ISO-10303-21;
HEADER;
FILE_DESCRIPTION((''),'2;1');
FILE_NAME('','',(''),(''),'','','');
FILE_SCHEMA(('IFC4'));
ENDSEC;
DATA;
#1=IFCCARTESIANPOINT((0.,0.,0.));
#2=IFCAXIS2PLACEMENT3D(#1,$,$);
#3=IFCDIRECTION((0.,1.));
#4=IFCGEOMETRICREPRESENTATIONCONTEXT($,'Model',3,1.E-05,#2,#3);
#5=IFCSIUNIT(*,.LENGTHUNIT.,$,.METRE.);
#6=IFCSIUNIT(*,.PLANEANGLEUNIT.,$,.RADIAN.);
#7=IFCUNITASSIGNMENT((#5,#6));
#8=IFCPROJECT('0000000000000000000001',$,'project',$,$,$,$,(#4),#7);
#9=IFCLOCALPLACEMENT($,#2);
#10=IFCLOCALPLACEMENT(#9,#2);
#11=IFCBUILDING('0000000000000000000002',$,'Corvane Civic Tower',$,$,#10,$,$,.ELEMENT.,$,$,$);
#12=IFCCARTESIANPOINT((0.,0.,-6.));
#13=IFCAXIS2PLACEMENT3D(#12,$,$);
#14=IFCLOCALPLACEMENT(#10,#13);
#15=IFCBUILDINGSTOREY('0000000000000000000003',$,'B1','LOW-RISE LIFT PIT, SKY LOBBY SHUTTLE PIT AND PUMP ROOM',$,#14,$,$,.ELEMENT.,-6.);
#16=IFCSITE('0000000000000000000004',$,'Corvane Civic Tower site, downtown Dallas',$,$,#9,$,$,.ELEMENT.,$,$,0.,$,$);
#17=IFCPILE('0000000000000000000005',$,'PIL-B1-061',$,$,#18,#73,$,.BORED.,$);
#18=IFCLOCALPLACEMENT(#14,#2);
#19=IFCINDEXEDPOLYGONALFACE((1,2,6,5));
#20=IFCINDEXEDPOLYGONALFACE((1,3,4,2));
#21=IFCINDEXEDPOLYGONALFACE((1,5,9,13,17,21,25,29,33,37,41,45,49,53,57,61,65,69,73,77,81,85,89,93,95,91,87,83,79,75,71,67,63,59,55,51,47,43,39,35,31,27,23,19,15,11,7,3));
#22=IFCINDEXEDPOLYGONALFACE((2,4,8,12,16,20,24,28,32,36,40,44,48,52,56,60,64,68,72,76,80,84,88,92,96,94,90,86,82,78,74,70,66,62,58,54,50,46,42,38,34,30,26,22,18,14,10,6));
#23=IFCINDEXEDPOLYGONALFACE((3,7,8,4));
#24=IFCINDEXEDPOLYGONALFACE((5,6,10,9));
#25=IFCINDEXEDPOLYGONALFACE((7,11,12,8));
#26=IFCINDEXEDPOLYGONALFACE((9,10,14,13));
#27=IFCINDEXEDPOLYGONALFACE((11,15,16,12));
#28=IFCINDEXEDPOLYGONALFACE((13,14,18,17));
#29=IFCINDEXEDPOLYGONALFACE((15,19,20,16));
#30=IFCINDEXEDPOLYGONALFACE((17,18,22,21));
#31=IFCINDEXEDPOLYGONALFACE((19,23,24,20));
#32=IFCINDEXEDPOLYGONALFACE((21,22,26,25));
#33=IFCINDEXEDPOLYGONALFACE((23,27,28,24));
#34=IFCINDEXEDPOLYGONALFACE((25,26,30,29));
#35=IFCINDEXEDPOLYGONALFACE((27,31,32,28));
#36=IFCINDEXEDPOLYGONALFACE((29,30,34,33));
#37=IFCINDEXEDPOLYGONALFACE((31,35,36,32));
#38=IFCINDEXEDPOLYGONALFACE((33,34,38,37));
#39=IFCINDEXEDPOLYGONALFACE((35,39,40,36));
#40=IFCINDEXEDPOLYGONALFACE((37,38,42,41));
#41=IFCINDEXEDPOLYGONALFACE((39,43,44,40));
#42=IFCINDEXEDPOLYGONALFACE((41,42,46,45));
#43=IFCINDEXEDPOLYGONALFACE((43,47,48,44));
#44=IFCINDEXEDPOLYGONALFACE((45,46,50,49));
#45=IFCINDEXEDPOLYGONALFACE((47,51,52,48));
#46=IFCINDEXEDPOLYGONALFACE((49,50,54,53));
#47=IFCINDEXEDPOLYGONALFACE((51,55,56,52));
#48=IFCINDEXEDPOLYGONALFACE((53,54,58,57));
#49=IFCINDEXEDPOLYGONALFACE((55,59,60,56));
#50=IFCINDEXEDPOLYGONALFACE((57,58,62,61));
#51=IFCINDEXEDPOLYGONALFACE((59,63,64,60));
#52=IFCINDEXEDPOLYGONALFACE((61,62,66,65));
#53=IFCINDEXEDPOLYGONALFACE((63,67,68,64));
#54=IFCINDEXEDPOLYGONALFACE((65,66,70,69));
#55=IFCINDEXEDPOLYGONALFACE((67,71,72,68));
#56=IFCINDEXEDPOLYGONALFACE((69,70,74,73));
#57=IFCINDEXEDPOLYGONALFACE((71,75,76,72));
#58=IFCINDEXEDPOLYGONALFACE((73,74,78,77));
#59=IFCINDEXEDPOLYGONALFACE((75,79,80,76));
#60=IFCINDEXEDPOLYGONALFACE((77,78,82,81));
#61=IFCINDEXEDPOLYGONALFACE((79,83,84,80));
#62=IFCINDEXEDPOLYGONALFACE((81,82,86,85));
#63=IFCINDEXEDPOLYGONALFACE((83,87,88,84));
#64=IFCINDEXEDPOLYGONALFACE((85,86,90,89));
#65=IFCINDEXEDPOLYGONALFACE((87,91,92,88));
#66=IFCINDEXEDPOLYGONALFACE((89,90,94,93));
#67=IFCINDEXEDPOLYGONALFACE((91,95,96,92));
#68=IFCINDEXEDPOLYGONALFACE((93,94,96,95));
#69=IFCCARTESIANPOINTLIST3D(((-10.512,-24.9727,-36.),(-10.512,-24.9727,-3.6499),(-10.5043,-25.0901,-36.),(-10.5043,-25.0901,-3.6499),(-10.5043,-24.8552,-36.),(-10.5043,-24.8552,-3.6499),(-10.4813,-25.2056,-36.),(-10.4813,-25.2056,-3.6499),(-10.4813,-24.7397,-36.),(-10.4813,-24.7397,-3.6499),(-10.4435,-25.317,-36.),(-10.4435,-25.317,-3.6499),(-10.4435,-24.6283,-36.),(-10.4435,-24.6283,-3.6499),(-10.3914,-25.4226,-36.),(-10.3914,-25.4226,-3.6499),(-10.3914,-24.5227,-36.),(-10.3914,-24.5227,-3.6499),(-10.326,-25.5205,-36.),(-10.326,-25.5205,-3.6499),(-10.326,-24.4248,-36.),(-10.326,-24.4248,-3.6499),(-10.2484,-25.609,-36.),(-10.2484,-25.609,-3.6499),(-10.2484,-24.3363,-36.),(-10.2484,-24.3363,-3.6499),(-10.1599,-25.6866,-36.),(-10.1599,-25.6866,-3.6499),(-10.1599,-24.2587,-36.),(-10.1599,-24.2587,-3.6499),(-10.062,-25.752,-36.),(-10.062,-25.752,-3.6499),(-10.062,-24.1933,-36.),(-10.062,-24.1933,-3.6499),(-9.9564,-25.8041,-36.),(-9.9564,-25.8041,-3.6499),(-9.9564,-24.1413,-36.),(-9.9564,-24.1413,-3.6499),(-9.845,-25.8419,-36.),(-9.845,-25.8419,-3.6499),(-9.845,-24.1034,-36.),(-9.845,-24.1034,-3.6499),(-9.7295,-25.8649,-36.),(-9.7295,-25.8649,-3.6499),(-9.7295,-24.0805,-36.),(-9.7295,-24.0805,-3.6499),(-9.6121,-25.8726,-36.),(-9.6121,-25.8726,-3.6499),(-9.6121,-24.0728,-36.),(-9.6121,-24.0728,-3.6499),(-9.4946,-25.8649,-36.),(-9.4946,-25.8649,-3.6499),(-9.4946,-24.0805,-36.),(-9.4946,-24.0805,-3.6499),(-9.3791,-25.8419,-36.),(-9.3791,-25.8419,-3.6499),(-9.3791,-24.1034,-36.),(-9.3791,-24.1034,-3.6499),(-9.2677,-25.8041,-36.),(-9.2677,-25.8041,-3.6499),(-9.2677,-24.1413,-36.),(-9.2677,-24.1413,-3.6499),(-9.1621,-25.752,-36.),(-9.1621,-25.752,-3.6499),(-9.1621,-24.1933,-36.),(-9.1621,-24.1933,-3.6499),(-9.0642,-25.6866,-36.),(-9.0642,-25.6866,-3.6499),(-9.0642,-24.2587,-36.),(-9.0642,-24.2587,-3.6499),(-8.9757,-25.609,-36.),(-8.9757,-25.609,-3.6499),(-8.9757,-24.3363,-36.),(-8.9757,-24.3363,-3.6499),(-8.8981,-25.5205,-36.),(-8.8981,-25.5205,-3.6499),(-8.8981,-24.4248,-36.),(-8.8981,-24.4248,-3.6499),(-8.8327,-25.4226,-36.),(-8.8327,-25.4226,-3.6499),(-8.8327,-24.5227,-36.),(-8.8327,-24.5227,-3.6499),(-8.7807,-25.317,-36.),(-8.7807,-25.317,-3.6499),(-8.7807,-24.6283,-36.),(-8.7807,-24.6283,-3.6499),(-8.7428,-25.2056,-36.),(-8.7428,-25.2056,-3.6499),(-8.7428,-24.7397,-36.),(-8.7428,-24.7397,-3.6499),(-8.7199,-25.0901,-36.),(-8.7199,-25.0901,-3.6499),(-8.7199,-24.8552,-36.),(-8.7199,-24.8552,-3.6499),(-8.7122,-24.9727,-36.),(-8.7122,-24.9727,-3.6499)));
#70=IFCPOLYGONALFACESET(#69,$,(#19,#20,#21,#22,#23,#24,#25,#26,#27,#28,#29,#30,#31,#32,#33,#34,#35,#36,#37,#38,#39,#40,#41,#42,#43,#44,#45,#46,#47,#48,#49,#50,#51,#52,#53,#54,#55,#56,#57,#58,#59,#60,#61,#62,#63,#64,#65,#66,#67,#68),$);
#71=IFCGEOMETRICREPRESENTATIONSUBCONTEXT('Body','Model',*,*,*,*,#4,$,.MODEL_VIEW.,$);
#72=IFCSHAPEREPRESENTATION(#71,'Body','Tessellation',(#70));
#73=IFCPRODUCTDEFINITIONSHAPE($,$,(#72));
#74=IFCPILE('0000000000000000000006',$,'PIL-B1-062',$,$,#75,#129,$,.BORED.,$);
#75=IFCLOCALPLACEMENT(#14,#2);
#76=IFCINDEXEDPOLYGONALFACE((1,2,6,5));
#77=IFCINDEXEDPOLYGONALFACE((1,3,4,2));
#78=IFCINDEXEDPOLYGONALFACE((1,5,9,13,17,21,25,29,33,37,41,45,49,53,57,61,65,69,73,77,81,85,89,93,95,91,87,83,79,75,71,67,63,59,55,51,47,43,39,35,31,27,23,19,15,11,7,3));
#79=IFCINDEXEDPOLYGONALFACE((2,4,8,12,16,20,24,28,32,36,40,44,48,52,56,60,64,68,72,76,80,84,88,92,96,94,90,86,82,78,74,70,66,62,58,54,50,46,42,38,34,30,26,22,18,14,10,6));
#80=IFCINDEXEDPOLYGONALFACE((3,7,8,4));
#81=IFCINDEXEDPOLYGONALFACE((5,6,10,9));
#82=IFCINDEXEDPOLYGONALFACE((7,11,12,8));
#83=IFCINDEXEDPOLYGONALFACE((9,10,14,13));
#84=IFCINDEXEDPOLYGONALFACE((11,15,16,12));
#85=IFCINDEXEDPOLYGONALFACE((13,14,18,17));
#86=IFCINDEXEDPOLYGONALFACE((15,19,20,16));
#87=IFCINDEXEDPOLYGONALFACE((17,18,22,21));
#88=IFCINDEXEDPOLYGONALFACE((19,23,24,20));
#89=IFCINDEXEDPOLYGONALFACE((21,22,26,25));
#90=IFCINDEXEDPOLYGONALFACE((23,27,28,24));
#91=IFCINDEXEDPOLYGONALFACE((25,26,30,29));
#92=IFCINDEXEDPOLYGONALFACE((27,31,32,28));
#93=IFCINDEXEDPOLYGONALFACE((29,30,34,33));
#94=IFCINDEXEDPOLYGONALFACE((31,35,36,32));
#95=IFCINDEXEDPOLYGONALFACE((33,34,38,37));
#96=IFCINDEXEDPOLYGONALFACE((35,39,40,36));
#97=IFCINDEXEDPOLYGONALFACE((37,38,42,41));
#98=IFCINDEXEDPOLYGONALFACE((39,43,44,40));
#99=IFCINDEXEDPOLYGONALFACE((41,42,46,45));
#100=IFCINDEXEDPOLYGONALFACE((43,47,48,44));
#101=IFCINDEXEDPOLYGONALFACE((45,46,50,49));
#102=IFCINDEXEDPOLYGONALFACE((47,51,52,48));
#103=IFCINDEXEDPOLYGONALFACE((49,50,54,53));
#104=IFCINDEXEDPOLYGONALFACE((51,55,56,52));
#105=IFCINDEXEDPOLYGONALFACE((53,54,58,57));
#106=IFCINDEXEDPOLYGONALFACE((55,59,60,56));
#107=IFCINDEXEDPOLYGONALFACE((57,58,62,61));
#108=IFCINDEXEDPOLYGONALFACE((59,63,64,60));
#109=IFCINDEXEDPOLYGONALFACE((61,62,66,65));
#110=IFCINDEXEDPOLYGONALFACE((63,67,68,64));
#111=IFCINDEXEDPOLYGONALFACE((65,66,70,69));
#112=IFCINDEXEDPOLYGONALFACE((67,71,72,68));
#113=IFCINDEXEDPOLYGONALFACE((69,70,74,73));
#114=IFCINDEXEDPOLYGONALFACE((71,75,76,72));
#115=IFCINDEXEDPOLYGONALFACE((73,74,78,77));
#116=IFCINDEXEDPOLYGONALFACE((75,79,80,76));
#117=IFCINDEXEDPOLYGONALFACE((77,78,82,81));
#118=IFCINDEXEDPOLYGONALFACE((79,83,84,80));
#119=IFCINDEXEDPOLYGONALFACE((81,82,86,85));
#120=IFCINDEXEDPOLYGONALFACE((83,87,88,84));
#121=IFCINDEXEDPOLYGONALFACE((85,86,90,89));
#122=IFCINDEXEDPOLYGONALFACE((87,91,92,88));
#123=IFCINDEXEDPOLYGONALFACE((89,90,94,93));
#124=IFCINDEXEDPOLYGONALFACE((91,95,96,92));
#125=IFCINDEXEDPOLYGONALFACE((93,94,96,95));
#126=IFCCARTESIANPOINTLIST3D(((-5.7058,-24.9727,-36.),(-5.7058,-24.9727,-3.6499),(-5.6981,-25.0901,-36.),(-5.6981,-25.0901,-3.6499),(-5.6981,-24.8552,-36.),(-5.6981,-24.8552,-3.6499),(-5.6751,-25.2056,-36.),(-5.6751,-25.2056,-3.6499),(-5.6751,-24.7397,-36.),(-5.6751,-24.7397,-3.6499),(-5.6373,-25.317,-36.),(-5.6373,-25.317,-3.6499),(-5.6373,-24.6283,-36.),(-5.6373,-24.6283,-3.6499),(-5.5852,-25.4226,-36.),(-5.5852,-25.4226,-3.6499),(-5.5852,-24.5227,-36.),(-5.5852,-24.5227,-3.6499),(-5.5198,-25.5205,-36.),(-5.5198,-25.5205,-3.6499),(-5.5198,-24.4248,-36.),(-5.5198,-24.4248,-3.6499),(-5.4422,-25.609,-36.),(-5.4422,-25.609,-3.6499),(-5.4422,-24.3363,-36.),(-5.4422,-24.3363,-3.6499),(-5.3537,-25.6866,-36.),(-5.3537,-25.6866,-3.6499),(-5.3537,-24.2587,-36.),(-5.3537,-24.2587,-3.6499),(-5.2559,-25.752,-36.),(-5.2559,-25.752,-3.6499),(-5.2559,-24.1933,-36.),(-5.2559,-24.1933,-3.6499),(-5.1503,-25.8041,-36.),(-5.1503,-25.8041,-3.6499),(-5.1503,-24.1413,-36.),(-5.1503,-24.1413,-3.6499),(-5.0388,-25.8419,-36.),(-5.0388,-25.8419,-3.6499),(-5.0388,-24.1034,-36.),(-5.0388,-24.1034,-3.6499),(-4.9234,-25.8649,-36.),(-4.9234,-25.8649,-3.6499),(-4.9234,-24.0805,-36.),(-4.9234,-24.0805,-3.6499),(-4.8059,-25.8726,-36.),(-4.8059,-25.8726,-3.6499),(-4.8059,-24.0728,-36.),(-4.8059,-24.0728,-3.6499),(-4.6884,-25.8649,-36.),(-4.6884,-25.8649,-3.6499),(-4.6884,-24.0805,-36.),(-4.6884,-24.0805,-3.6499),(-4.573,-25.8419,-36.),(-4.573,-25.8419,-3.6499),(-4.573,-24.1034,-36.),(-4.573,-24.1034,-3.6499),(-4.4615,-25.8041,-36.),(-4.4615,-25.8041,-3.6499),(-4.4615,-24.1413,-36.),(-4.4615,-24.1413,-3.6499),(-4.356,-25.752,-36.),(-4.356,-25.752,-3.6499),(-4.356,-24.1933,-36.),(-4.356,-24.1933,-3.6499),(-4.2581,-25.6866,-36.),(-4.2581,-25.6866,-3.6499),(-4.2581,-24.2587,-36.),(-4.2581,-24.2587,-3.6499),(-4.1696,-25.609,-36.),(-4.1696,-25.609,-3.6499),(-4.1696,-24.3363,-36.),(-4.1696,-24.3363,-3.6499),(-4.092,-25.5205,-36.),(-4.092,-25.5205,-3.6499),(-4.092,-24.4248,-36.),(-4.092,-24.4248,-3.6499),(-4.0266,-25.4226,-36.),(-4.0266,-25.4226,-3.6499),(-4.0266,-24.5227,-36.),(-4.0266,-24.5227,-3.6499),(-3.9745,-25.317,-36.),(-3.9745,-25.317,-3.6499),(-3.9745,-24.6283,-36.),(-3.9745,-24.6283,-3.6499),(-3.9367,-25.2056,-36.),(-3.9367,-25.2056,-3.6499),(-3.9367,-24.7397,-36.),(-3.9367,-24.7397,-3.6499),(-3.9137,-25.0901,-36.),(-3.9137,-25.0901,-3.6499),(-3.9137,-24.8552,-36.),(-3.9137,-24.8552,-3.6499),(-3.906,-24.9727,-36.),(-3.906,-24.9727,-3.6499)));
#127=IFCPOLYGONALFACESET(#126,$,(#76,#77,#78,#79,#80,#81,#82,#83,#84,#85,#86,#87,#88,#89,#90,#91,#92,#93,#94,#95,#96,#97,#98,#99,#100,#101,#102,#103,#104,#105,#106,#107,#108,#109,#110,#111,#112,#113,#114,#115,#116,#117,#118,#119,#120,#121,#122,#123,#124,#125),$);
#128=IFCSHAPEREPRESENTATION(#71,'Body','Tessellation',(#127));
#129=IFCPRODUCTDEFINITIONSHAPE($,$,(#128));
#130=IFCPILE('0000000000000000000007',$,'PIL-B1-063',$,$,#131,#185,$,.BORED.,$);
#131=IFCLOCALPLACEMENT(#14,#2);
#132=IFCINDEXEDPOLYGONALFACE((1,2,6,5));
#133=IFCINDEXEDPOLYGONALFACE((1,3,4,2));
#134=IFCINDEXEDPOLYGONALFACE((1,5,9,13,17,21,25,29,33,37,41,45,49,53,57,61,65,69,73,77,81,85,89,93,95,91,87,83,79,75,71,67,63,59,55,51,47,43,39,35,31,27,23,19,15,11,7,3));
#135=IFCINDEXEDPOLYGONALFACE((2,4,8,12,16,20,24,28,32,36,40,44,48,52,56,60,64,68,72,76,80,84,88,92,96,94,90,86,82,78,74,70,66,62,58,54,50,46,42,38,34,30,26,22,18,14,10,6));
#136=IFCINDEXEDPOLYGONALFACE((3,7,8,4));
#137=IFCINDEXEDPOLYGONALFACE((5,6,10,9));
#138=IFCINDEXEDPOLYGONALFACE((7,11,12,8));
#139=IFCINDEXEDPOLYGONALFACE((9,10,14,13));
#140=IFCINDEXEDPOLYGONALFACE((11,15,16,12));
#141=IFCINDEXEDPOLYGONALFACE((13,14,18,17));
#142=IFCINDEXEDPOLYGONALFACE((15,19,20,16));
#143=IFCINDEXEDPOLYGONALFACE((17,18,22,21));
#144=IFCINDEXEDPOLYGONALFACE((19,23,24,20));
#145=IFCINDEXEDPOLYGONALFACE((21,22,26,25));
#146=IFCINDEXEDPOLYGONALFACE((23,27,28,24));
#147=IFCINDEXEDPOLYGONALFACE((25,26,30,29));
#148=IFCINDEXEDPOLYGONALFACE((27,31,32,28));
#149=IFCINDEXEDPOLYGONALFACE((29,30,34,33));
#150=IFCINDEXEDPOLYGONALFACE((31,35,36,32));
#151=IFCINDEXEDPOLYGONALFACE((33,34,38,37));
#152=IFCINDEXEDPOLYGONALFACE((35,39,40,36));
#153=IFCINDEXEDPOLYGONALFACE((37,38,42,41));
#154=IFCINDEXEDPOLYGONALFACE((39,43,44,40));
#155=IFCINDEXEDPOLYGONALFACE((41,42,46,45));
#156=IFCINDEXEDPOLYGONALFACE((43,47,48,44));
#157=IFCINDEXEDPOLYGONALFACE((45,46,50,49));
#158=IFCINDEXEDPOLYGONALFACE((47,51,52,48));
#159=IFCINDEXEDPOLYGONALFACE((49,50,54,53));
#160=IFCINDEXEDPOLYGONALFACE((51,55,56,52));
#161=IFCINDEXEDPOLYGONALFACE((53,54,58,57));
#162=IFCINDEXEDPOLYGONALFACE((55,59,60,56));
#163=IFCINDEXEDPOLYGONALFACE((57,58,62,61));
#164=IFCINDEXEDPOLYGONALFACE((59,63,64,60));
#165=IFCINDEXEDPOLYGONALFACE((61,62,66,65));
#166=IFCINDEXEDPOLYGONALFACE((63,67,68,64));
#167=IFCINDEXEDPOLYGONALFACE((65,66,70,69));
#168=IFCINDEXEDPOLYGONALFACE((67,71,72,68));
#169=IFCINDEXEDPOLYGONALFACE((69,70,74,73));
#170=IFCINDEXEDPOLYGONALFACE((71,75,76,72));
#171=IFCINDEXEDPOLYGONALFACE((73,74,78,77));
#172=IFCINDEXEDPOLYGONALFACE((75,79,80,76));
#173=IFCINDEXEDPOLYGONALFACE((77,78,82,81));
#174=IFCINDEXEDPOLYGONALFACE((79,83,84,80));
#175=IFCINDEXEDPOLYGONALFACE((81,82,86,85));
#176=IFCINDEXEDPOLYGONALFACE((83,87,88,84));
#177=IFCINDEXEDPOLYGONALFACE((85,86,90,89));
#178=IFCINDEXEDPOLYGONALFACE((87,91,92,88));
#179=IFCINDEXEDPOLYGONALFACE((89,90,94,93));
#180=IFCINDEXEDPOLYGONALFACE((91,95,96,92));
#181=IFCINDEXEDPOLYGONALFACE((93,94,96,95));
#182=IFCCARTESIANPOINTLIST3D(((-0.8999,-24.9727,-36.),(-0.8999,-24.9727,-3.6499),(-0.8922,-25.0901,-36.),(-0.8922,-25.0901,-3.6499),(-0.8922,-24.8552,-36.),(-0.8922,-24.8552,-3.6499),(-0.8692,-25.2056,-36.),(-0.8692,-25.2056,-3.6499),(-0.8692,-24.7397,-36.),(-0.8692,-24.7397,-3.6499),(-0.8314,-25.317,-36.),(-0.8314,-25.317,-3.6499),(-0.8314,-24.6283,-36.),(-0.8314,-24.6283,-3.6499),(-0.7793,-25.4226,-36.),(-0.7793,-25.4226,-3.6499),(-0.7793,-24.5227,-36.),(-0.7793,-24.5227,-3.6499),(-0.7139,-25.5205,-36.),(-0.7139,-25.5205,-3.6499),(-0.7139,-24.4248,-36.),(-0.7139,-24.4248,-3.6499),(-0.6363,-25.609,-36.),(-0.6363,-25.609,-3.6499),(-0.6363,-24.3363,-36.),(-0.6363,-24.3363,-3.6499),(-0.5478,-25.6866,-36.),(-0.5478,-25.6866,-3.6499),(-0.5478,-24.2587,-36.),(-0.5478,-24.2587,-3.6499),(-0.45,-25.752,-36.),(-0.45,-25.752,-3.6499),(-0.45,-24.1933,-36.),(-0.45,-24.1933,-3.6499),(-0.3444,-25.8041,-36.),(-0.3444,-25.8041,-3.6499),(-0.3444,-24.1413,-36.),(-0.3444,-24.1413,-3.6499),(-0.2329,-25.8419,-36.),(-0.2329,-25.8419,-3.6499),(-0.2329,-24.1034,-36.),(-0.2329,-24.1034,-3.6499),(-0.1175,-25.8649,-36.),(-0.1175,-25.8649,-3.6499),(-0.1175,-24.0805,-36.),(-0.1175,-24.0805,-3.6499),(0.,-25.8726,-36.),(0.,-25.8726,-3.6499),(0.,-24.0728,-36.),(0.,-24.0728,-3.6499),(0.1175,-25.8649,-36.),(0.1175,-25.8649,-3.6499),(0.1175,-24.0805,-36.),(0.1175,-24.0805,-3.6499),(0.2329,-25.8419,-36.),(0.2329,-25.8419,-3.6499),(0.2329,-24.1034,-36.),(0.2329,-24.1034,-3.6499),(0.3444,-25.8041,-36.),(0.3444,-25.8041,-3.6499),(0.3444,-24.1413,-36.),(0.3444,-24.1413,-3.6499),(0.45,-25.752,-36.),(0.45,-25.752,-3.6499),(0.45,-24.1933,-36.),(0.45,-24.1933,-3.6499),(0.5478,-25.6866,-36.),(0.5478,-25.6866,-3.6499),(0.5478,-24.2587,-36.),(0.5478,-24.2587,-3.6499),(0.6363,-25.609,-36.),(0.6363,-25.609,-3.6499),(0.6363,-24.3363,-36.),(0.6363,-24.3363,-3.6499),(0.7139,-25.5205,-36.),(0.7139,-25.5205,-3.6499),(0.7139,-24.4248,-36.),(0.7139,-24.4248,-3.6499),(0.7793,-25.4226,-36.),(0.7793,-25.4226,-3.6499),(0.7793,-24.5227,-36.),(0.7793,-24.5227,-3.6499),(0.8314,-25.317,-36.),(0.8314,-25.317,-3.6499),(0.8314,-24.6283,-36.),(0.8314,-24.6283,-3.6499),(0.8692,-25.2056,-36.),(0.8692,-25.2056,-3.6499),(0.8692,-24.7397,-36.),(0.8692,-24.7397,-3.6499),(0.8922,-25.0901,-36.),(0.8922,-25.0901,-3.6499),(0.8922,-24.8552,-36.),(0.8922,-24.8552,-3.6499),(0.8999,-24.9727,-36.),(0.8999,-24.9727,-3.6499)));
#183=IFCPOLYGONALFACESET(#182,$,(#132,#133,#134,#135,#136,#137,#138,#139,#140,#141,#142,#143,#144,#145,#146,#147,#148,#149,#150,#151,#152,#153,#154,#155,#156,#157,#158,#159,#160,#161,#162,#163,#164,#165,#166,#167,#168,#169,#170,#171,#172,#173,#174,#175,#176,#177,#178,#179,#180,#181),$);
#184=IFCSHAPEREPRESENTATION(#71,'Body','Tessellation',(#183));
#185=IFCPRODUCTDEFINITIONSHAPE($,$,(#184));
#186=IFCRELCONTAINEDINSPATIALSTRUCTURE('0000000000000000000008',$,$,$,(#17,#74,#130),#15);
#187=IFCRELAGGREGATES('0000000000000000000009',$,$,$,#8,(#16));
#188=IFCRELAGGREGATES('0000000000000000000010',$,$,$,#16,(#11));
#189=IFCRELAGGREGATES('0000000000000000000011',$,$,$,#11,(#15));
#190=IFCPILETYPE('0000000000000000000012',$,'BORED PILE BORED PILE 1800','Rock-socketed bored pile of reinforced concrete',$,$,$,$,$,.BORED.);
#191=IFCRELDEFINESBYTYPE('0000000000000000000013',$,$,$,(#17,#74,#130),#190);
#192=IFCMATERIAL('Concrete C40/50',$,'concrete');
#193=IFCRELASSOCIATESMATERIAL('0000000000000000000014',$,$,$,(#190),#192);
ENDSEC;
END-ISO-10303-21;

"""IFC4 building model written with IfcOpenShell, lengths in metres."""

from ifc_helpers import new_model, si_unit, direction, frame, origin, origin_2d, place, context, subcontext, project, spatial, circle, extrude, material, material_profile, profile_set, type_object, element, save


model = new_model("IFC4")

# Units and contexts
model_context = context("Model", 3, precision=1e-05, world=origin(), true_north=direction((0.0, 1.0)))
body_context = subcontext(model_context, "Body", "Model", "MODEL_VIEW")
ifc_project = project(units=[si_unit("LENGTHUNIT", "METRE"), si_unit("PLANEANGLEUNIT", "RADIAN")], contexts=[model_context])

# Site, building, storey
site_placement = place(None, origin())
site = spatial("IfcSite", under=ifc_project, at=site_placement, Name="Corvane Civic Tower site, downtown Dallas", CompositionType="ELEMENT", RefElevation=0.0)
building_placement = place(site_placement, origin())
building = spatial("IfcBuilding", under=site, at=building_placement, Name="Corvane Civic Tower", CompositionType="ELEMENT")
storey_placement = place(building_placement, frame((0.0, 0.0, -6.0)))
storey = spatial("IfcBuildingStorey", under=building, at=storey_placement, Name="B1", Description="LOW-RISE LIFT PIT, SKY LOBBY SHUTTLE PIT AND PUMP ROOM", CompositionType="ELEMENT", Elevation=-6.0)

# Piles
ifc_material_1 = material(Name="Concrete C40/50", Category="concrete")
ifc_material_profile_1 = material_profile(ifc_material_1, circle(Radius=0.8999, at=origin_2d()), Name="BORED PILE 1800")
ifc_profile_set_1 = profile_set([ifc_material_profile_1], Name="Concrete C40/50")
pile_type = type_object("IfcPileType", Name="BORED PILE BORED PILE 1800", Description="Rock-socketed bored pile of reinforced concrete", PredefinedType="BORED", material=ifc_profile_set_1)
for number, where, z_axis, x_axis, name in (
    (1, (-9.6121, -24.9727, -3.6499), (0.0, 0.0, -1.0), (1.0, 0.0, 0.0), "PIL-B1-061"),
    (2, (-4.8059, -24.9727, -3.6499), (0.0, 0.0, -1.0), (1.0, 0.0, 0.0), "PIL-B1-062"),
    (3, (0.0, -24.9727, -3.6499), (0.0, 0.0, -1.0), (1.0, 0.0, 0.0), "PIL-B1-063"),
):
    element("IfcPile", number, at=place(storey_placement, frame(where, z_axis=z_axis, x_axis=x_axis)), inside=storey, type_object=pile_type, Name=name, PredefinedType="BORED", context=body_context, shape_type="SweptSolid", body=[
        extrude(circle(Radius=0.8999, at=origin_2d()), origin(), (0.0, 0.0, 1.0), 32.3501),
    ])

save(model, "model.ifc")
